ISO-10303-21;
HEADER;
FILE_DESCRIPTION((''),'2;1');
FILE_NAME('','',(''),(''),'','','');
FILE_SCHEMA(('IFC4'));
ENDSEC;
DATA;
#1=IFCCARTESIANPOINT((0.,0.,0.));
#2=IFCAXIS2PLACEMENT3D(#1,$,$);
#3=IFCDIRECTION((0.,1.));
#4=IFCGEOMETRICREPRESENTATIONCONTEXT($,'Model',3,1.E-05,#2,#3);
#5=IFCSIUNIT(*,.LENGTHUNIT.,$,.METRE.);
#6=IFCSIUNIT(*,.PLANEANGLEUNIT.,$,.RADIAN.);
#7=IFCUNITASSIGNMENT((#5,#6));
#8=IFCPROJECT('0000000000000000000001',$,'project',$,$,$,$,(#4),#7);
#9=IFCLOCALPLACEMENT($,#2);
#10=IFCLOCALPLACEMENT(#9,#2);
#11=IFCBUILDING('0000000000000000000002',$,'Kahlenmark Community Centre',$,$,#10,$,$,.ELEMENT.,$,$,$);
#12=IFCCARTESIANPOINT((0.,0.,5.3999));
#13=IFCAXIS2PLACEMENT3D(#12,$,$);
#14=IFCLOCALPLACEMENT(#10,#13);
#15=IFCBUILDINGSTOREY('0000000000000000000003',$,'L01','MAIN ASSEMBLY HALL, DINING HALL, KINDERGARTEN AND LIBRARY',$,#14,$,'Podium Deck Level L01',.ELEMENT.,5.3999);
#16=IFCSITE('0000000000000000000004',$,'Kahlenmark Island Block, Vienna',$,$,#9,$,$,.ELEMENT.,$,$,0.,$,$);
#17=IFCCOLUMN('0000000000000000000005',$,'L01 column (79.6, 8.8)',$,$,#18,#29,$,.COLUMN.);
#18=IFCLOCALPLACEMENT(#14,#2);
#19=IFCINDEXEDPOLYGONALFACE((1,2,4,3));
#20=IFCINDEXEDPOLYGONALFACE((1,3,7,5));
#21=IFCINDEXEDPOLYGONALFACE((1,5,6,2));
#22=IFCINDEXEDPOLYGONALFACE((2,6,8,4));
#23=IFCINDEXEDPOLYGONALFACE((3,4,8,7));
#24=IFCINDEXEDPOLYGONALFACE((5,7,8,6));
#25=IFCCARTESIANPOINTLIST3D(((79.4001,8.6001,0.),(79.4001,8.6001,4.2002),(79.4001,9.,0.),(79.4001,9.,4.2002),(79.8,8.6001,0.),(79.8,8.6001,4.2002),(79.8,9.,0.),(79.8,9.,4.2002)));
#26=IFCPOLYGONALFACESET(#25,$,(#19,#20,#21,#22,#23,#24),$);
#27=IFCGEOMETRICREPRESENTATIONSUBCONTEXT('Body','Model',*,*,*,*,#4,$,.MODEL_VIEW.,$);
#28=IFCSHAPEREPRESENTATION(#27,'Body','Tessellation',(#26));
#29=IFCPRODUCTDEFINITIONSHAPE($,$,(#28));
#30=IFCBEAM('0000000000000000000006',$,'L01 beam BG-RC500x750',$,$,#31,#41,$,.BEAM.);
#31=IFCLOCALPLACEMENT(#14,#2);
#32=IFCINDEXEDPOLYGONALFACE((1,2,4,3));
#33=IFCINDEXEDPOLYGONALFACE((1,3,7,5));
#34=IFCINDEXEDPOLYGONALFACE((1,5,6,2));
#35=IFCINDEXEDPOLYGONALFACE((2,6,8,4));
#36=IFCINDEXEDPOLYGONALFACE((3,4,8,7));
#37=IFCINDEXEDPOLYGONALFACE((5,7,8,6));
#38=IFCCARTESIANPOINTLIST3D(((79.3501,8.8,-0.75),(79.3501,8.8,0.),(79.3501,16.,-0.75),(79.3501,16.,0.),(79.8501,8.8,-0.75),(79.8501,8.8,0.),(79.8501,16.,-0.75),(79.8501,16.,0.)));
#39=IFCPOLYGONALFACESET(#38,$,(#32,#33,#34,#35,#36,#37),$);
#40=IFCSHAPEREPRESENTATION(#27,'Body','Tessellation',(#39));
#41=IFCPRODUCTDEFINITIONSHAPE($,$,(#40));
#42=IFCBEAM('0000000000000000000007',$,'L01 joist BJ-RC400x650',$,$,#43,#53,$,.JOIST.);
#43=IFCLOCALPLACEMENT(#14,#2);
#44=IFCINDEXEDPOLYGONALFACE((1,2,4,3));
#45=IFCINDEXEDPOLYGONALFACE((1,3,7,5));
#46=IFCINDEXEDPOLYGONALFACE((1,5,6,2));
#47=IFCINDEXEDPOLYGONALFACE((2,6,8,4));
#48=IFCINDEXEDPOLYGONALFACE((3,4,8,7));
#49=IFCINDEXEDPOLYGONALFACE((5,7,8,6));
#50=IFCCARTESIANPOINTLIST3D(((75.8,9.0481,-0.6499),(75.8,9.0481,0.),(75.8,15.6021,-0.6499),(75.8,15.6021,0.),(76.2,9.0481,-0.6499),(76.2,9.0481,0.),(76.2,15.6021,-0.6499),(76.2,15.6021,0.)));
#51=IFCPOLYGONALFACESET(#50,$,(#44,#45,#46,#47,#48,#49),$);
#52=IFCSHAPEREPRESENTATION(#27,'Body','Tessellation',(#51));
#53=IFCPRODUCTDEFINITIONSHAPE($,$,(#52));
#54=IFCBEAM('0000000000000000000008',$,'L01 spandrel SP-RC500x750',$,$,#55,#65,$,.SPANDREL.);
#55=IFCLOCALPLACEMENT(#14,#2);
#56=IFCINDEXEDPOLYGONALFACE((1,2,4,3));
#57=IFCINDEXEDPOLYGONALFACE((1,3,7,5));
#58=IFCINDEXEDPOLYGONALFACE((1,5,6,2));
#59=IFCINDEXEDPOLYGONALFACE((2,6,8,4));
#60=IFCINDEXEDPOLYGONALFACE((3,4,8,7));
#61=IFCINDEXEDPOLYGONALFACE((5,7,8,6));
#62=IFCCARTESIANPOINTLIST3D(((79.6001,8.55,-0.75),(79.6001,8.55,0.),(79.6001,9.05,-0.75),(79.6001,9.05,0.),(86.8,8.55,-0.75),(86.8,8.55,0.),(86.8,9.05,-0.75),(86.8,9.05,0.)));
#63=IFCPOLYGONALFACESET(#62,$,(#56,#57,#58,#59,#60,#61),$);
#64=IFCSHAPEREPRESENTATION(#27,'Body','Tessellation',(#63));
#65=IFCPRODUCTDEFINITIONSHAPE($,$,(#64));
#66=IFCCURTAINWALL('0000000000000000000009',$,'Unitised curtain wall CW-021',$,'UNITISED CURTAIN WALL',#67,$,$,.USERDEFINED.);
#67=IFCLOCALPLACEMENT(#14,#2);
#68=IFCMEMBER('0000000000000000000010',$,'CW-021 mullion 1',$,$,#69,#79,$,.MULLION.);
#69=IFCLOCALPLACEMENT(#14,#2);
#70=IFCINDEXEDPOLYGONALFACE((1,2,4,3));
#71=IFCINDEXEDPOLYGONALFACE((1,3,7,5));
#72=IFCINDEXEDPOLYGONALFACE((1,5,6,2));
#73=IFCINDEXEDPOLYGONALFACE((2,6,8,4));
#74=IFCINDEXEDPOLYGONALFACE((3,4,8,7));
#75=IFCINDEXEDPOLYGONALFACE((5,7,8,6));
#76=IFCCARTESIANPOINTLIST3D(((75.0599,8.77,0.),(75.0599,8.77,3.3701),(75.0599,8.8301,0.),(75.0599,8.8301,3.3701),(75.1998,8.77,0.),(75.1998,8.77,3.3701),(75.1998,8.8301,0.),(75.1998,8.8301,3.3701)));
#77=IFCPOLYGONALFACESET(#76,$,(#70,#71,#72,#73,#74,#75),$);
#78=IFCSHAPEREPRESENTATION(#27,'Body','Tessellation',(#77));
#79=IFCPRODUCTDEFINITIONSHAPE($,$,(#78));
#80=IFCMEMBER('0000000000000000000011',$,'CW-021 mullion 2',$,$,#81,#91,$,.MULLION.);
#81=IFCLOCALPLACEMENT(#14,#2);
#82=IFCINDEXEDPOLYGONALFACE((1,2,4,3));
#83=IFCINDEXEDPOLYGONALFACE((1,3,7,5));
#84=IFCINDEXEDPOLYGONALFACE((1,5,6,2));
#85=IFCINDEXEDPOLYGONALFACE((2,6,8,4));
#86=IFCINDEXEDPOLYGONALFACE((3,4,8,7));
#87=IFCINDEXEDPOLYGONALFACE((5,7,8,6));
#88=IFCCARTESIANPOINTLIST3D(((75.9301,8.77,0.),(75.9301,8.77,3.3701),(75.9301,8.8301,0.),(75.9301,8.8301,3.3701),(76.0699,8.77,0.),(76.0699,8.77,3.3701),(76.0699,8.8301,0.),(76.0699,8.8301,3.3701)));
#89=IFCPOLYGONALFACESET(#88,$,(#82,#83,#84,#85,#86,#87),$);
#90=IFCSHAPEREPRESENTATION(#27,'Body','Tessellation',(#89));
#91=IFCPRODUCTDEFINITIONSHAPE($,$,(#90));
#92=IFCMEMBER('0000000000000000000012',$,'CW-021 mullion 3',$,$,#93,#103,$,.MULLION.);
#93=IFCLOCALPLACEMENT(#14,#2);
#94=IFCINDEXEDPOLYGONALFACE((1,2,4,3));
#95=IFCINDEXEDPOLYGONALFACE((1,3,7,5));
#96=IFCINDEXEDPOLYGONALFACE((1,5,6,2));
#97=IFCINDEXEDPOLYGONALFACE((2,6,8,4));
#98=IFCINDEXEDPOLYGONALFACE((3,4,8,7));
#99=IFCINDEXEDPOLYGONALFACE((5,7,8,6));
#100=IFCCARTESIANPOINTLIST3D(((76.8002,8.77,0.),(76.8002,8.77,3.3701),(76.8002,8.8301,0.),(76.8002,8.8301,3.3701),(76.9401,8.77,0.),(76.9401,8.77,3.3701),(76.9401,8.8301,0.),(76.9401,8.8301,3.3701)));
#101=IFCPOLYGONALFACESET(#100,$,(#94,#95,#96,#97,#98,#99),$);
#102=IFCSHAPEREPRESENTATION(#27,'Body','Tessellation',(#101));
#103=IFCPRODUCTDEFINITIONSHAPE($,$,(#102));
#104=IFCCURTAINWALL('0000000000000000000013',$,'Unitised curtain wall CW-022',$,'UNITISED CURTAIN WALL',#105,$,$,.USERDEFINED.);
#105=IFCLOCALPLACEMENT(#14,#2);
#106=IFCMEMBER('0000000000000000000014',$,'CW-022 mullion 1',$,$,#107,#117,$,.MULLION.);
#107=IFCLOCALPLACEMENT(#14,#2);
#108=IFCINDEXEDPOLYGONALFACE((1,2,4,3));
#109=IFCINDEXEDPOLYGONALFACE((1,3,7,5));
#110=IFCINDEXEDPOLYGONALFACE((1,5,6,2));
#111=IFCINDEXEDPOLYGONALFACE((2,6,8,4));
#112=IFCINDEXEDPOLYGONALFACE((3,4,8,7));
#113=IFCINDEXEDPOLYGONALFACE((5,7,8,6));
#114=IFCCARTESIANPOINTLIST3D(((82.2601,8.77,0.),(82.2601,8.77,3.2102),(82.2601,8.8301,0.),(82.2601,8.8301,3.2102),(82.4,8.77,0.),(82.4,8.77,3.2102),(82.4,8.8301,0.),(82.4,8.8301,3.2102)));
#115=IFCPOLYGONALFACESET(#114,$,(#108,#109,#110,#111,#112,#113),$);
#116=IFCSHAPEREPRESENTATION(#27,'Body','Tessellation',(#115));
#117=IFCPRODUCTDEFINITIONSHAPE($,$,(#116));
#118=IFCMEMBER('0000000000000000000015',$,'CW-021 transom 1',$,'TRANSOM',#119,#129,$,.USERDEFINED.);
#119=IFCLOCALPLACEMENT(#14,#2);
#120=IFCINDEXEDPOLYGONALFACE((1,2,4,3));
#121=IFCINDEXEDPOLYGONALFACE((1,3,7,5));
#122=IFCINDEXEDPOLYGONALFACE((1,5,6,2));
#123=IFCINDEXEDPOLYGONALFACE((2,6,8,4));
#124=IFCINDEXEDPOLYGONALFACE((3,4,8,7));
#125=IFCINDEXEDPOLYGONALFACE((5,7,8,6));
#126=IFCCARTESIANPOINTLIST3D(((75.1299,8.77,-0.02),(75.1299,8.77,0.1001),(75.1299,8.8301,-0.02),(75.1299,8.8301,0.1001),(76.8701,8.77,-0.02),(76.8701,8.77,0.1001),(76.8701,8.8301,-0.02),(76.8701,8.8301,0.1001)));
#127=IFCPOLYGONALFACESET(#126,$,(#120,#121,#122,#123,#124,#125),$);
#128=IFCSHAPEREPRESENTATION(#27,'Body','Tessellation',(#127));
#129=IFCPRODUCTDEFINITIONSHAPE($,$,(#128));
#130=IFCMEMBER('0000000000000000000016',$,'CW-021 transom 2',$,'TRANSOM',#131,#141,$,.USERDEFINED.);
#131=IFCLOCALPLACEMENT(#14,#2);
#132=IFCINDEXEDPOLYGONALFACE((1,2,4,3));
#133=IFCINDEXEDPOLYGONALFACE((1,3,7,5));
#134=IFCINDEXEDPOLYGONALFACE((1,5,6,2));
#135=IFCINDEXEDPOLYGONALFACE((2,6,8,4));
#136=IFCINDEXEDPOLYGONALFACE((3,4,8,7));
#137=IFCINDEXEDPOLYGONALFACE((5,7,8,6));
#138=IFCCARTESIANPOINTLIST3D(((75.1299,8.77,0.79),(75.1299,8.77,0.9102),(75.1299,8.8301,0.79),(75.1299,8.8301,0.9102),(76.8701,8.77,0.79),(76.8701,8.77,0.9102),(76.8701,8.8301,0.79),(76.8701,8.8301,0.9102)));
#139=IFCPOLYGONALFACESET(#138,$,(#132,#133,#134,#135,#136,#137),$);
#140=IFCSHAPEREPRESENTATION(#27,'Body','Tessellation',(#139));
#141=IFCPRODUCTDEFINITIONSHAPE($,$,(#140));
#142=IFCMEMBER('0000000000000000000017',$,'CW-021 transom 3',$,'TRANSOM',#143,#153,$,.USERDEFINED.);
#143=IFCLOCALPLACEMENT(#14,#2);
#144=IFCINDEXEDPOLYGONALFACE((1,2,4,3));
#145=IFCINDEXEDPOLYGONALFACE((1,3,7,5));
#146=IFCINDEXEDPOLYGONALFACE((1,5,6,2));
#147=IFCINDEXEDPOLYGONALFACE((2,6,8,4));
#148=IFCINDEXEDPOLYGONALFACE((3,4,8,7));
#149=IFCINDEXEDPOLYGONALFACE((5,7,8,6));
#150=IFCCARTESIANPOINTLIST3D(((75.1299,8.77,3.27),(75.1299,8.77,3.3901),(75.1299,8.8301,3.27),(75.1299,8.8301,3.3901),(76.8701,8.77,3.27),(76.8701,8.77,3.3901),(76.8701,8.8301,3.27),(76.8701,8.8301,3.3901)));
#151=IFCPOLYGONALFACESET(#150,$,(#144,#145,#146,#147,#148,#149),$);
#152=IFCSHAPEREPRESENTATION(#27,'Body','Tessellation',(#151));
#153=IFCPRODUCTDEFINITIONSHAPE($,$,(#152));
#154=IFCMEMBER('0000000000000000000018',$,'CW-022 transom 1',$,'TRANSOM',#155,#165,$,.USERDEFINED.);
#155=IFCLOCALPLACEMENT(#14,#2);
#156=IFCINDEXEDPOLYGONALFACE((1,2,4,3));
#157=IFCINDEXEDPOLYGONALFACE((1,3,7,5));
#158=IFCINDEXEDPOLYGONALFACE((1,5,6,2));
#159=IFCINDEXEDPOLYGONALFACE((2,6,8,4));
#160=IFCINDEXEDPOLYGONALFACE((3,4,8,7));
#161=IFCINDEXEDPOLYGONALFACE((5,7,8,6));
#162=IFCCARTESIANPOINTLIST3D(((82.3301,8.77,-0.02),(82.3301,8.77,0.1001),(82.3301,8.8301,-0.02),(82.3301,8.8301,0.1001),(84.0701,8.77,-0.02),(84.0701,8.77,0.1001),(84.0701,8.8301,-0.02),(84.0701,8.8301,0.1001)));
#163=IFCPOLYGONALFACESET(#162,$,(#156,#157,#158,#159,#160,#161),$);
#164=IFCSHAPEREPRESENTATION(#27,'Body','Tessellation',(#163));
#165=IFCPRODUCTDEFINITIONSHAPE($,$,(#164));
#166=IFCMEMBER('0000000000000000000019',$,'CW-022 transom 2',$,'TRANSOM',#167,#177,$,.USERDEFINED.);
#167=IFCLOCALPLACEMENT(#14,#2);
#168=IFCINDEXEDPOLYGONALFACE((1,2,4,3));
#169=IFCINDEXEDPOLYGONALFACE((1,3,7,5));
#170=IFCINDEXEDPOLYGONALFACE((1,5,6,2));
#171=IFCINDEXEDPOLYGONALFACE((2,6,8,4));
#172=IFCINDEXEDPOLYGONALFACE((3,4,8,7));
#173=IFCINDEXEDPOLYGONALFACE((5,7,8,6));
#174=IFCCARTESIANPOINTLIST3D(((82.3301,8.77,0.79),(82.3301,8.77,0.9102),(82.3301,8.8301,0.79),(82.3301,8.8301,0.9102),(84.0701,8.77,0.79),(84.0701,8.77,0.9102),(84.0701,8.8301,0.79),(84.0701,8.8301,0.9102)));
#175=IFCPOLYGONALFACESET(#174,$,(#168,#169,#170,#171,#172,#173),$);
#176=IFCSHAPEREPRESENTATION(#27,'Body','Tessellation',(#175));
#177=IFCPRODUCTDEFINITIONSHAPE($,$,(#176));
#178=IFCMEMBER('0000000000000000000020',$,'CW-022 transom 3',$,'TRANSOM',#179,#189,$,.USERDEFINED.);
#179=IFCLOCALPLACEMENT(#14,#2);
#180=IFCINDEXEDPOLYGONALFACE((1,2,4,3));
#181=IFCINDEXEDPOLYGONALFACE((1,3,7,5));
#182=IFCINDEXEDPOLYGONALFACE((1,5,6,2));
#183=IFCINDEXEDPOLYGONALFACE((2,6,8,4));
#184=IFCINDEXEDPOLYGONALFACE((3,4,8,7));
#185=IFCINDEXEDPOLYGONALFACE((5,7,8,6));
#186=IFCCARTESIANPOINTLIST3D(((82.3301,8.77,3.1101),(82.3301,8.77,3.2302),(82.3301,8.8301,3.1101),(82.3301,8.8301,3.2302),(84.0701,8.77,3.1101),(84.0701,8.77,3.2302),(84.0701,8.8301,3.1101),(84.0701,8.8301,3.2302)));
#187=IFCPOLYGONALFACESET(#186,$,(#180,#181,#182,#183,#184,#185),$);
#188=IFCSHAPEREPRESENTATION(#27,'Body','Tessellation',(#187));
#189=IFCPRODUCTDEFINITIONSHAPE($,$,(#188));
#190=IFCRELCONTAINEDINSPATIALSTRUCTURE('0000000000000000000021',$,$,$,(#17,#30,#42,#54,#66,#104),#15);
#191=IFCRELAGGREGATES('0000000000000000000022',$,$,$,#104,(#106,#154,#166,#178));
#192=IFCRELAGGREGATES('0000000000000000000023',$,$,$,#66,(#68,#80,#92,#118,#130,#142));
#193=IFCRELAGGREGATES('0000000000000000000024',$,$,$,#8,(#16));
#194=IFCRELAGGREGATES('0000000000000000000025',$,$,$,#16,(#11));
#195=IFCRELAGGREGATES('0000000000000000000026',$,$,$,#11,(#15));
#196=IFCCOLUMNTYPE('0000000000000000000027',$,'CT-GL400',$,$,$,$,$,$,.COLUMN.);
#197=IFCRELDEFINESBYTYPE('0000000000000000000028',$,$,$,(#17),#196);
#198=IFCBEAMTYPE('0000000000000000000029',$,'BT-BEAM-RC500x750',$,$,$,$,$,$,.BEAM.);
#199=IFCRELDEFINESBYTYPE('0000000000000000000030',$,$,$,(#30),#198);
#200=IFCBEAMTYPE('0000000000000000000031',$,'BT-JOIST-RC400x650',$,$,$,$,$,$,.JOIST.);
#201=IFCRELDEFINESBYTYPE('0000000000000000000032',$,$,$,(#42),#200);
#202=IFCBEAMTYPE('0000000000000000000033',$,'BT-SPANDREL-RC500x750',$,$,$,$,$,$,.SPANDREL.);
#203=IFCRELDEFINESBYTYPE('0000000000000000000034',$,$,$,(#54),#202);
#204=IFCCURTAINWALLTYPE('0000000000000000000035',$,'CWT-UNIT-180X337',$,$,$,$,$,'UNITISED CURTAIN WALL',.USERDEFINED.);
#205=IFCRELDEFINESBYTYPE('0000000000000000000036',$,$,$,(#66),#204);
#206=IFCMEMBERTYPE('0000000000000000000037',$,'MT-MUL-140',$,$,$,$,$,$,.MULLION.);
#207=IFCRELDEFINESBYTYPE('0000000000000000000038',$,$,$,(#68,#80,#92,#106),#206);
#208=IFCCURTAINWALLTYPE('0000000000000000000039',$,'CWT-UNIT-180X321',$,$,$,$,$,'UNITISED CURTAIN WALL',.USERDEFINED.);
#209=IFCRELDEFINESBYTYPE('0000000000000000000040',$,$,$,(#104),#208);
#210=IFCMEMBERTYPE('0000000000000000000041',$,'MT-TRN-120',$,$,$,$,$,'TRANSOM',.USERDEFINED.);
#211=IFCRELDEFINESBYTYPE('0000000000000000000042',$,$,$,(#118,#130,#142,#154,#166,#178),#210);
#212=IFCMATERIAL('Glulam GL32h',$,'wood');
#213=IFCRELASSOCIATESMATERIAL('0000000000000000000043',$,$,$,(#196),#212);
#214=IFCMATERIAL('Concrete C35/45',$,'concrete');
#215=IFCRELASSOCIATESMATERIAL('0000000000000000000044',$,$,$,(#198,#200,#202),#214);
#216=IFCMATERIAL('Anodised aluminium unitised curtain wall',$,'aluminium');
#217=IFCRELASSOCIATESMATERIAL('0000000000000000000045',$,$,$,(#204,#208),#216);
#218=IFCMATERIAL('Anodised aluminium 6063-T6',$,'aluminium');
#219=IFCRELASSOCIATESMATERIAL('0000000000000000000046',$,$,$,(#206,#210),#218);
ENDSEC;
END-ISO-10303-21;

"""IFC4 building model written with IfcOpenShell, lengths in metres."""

from ifc_helpers import new_model, si_unit, direction, frame, origin, origin_2d, place, context, subcontext, project, spatial, rectangle, extrude, material, material_profile, profile_set, type_object, element, aggregate, save


model = new_model("IFC4")

# Units and contexts
model_context = context("Model", 3, precision=1e-05, world=origin(), true_north=direction((0.0, 1.0)))
body_context = subcontext(model_context, "Body", "Model", "MODEL_VIEW")
ifc_project = project(units=[si_unit("LENGTHUNIT", "METRE"), si_unit("PLANEANGLEUNIT", "RADIAN")], contexts=[model_context])

# Site, building, storey
site_placement = place(None, origin())
site = spatial("IfcSite", under=ifc_project, at=site_placement, Name="Kahlenmark Island Block, Vienna", CompositionType="ELEMENT", RefElevation=0.0)
building_placement = place(site_placement, origin())
building = spatial("IfcBuilding", under=site, at=building_placement, Name="Kahlenmark Community Centre", CompositionType="ELEMENT")
storey_placement = place(building_placement, frame((0.0, 0.0, 5.3999)))
storey = spatial("IfcBuildingStorey", under=building, at=storey_placement, Name="L01", Description="MAIN ASSEMBLY HALL, DINING HALL, KINDERGARTEN AND LIBRARY", LongName="Podium Deck Level L01", CompositionType="ELEMENT", Elevation=5.3999)

# Column
ifc_material_1 = material(Name="Glulam GL32h", Category="wood")
ifc_material_profile_1 = material_profile(ifc_material_1, rectangle(XDim=0.3999, YDim=0.3999, at=origin_2d()), Name="GL32h 400x400")
ifc_profile_set_1 = profile_set([ifc_material_profile_1], Name="Glulam GL32h")
column_type = type_object("IfcColumnType", Name="CT-GL400", PredefinedType="COLUMN", material=ifc_profile_set_1)
column_placement = place(storey_placement, frame((79.6001, 8.8, 0.0), z_axis=(0.0, 0.0, 1.0), x_axis=(1.0, 0.0, 0.0)))
element("IfcColumn", 1, at=column_placement, inside=storey, type_object=column_type, Name="L01 column (79.6, 8.8)", PredefinedType="COLUMN", context=body_context, shape_type="SweptSolid", body=[
    extrude(rectangle(XDim=0.3999, YDim=0.3999, at=origin_2d()), origin(), (0.0, 0.0, 1.0), 4.2002),
])

# Beams
ifc_material_2 = material(Name="Concrete C35/45", Category="concrete")
ifc_material_profile_2 = material_profile(ifc_material_2, rectangle(XDim=0.5, YDim=0.75, at=origin_2d()), Name="RC 500x750")
ifc_profile_set_2 = profile_set([ifc_material_profile_2], Name="Concrete C35/45")
beam_type_1 = type_object("IfcBeamType", Name="BT-BEAM-RC500x750", PredefinedType="BEAM", material=ifc_profile_set_2)
beam_1_placement = place(storey_placement, frame((79.6001, 8.8, -0.375), z_axis=(0.0, 1.0, 0.0), x_axis=(-1.0, 0.0, 0.0)))
element("IfcBeam", 2, at=beam_1_placement, inside=storey, type_object=beam_type_1, Name="L01 beam BG-RC500x750", PredefinedType="BEAM", context=body_context, shape_type="SweptSolid", body=[
    extrude(rectangle(XDim=0.5, YDim=0.75, at=origin_2d()), origin(), (0.0, 0.0, 1.0), 7.2),
])
ifc_material_profile_3 = material_profile(ifc_material_2, rectangle(XDim=0.3999, YDim=0.6499, at=origin_2d()), Name="RC 400x650")
ifc_profile_set_3 = profile_set([ifc_material_profile_3], Name="Concrete C35/45")
beam_type_2 = type_object("IfcBeamType", Name="BT-JOIST-RC400x650", PredefinedType="JOIST", material=ifc_profile_set_3)
beam_2_placement = place(storey_placement, frame((76.0, 9.0481, -0.325), z_axis=(0.0, 1.0, 0.0), x_axis=(-1.0, 0.0, 0.0)))
element("IfcBeam", 3, at=beam_2_placement, inside=storey, type_object=beam_type_2, Name="L01 joist BJ-RC400x650", PredefinedType="JOIST", context=body_context, shape_type="SweptSolid", body=[
    extrude(rectangle(XDim=0.3999, YDim=0.6499, at=origin_2d()), origin(), (0.0, 0.0, 1.0), 6.554),
])
ifc_material_profile_4 = material_profile(ifc_material_2, rectangle(XDim=0.5, YDim=0.75, at=origin_2d()), Name="RC 500x750")
ifc_profile_set_4 = profile_set([ifc_material_profile_4], Name="Concrete C35/45")
beam_type_3 = type_object("IfcBeamType", Name="BT-SPANDREL-RC500x750", PredefinedType="SPANDREL", material=ifc_profile_set_4)
beam_3_placement = place(storey_placement, frame((79.6001, 8.8, -0.375), z_axis=(1.0, 0.0, 0.0), x_axis=(0.0, 1.0, 0.0)))
element("IfcBeam", 4, at=beam_3_placement, inside=storey, type_object=beam_type_3, Name="L01 spandrel SP-RC500x750", PredefinedType="SPANDREL", context=body_context, shape_type="SweptSolid", body=[
    extrude(rectangle(XDim=0.5, YDim=0.75, at=origin_2d()), origin(), (0.0, 0.0, 1.0), 7.2),
])

# Curtain wall, members
ifc_material_3 = material(Name="Anodised aluminium unitised curtain wall", Category="aluminium")
curtain_wall_type_1 = type_object("IfcCurtainWallType", Name="CWT-UNIT-180X337", ElementType="UNITISED CURTAIN WALL", PredefinedType="USERDEFINED", material=ifc_material_3)
curtain_wall_1_placement = place(storey_placement, origin())
curtain_wall_1 = element("IfcCurtainWall", 5, at=curtain_wall_1_placement, inside=storey, type_object=curtain_wall_type_1, Name="Unitised curtain wall CW-021", ObjectType="UNITISED CURTAIN WALL", PredefinedType="USERDEFINED")
ifc_material_4 = material(Name="Anodised aluminium 6063-T6", Category="aluminium")
ifc_material_profile_5 = material_profile(ifc_material_4, rectangle(XDim=0.0601, YDim=0.1399, at=origin_2d()), Name="ALU MULLION 60x140")
ifc_profile_set_5 = profile_set([ifc_material_profile_5], Name="Anodised aluminium 6063-T6")
member_type_1 = type_object("IfcMemberType", Name="MT-MUL-140", PredefinedType="MULLION", material=ifc_profile_set_5)
member_1_placement = place(storey_placement, frame((75.1299, 8.8, 0.0), z_axis=(0.0, 0.0, 1.0), x_axis=(0.0, 1.0, 0.0)))
member_1 = element("IfcMember", 6, at=member_1_placement, type_object=member_type_1, Name="CW-021 mullion 1", PredefinedType="MULLION", context=body_context, shape_type="SweptSolid", body=[
    extrude(rectangle(XDim=0.0601, YDim=0.1399, at=origin_2d()), origin(), (0.0, 0.0, 1.0), 3.3701),
])
member_2_placement = place(storey_placement, frame((76.0, 8.8, 0.0), z_axis=(0.0, 0.0, 1.0), x_axis=(0.0, 1.0, 0.0)))
member_2 = element("IfcMember", 7, at=member_2_placement, type_object=member_type_1, Name="CW-021 mullion 2", PredefinedType="MULLION", context=body_context, shape_type="SweptSolid", body=[
    extrude(rectangle(XDim=0.0601, YDim=0.1399, at=origin_2d()), origin(), (0.0, 0.0, 1.0), 3.3701),
])
member_3_placement = place(storey_placement, frame((76.8701, 8.8, 0.0), z_axis=(0.0, 0.0, 1.0), x_axis=(0.0, 1.0, 0.0)))
member_3 = element("IfcMember", 8, at=member_3_placement, type_object=member_type_1, Name="CW-021 mullion 3", PredefinedType="MULLION", context=body_context, shape_type="SweptSolid", body=[
    extrude(rectangle(XDim=0.0601, YDim=0.1399, at=origin_2d()), origin(), (0.0, 0.0, 1.0), 3.3701),
])

# Curtain wall, member
curtain_wall_type_2 = type_object("IfcCurtainWallType", Name="CWT-UNIT-180X321", ElementType="UNITISED CURTAIN WALL", PredefinedType="USERDEFINED", material=ifc_material_3)
curtain_wall_2_placement = place(storey_placement, origin())
curtain_wall_2 = element("IfcCurtainWall", 9, at=curtain_wall_2_placement, inside=storey, type_object=curtain_wall_type_2, Name="Unitised curtain wall CW-022", ObjectType="UNITISED CURTAIN WALL", PredefinedType="USERDEFINED")
member_4_placement = place(storey_placement, frame((82.3301, 8.8, 0.0), z_axis=(0.0, 0.0, 1.0), x_axis=(0.0, 1.0, 0.0)))
member_4 = element("IfcMember", 10, at=member_4_placement, type_object=member_type_1, Name="CW-022 mullion 1", PredefinedType="MULLION", context=body_context, shape_type="SweptSolid", body=[
    extrude(rectangle(XDim=0.0601, YDim=0.1399, at=origin_2d()), origin(), (0.0, 0.0, 1.0), 3.2102),
])

# Members
ifc_material_profile_6 = material_profile(ifc_material_4, rectangle(XDim=0.0601, YDim=0.1201, at=origin_2d()), Name="ALU TRANSOM 60x120")
ifc_profile_set_6 = profile_set([ifc_material_profile_6], Name="Anodised aluminium 6063-T6")
member_type_2 = type_object("IfcMemberType", Name="MT-TRN-120", ElementType="TRANSOM", PredefinedType="USERDEFINED", material=ifc_profile_set_6)
member_5_placement = place(storey_placement, frame((75.1299, 8.8, 0.04), z_axis=(1.0, 0.0, 0.0), x_axis=(0.0, 1.0, 0.0)))
member_5 = element("IfcMember", 11, at=member_5_placement, type_object=member_type_2, Name="CW-021 transom 1", ObjectType="TRANSOM", PredefinedType="USERDEFINED", context=body_context, shape_type="SweptSolid", body=[
    extrude(rectangle(XDim=0.0601, YDim=0.1201, at=origin_2d()), origin(), (0.0, 0.0, 1.0), 1.7402),
])
member_6_placement = place(storey_placement, frame((75.1299, 8.8, 0.8501), z_axis=(1.0, 0.0, 0.0), x_axis=(0.0, 1.0, 0.0)))
member_6 = element("IfcMember", 12, at=member_6_placement, type_object=member_type_2, Name="CW-021 transom 2", ObjectType="TRANSOM", PredefinedType="USERDEFINED", context=body_context, shape_type="SweptSolid", body=[
    extrude(rectangle(XDim=0.0601, YDim=0.1201, at=origin_2d()), origin(), (0.0, 0.0, 1.0), 1.7402),
])
member_7_placement = place(storey_placement, frame((75.1299, 8.8, 3.3301), z_axis=(1.0, 0.0, 0.0), x_axis=(0.0, 1.0, 0.0)))
member_7 = element("IfcMember", 13, at=member_7_placement, type_object=member_type_2, Name="CW-021 transom 3", ObjectType="TRANSOM", PredefinedType="USERDEFINED", context=body_context, shape_type="SweptSolid", body=[
    extrude(rectangle(XDim=0.0601, YDim=0.1201, at=origin_2d()), origin(), (0.0, 0.0, 1.0), 1.7402),
])
member_8_placement = place(storey_placement, frame((82.3301, 8.8, 0.04), z_axis=(1.0, 0.0, 0.0), x_axis=(0.0, 1.0, 0.0)))
member_8 = element("IfcMember", 14, at=member_8_placement, type_object=member_type_2, Name="CW-022 transom 1", ObjectType="TRANSOM", PredefinedType="USERDEFINED", context=body_context, shape_type="SweptSolid", body=[
    extrude(rectangle(XDim=0.0601, YDim=0.1201, at=origin_2d()), origin(), (0.0, 0.0, 1.0), 1.74),
])
member_9_placement = place(storey_placement, frame((82.3301, 8.8, 0.8501), z_axis=(1.0, 0.0, 0.0), x_axis=(0.0, 1.0, 0.0)))
member_9 = element("IfcMember", 15, at=member_9_placement, type_object=member_type_2, Name="CW-022 transom 2", ObjectType="TRANSOM", PredefinedType="USERDEFINED", context=body_context, shape_type="SweptSolid", body=[
    extrude(rectangle(XDim=0.0601, YDim=0.1201, at=origin_2d()), origin(), (0.0, 0.0, 1.0), 1.74),
])
member_10_placement = place(storey_placement, frame((82.3301, 8.8, 3.1702), z_axis=(1.0, 0.0, 0.0), x_axis=(0.0, 1.0, 0.0)))
member_10 = element("IfcMember", 16, at=member_10_placement, type_object=member_type_2, Name="CW-022 transom 3", ObjectType="TRANSOM", PredefinedType="USERDEFINED", context=body_context, shape_type="SweptSolid", body=[
    extrude(rectangle(XDim=0.0601, YDim=0.1201, at=origin_2d()), origin(), (0.0, 0.0, 1.0), 1.74),
])
aggregate(curtain_wall_2, [member_4, member_8, member_9, member_10])

aggregate(curtain_wall_1, [member_1, member_2, member_3, member_5, member_6, member_7])

save(model, "model.ifc")
